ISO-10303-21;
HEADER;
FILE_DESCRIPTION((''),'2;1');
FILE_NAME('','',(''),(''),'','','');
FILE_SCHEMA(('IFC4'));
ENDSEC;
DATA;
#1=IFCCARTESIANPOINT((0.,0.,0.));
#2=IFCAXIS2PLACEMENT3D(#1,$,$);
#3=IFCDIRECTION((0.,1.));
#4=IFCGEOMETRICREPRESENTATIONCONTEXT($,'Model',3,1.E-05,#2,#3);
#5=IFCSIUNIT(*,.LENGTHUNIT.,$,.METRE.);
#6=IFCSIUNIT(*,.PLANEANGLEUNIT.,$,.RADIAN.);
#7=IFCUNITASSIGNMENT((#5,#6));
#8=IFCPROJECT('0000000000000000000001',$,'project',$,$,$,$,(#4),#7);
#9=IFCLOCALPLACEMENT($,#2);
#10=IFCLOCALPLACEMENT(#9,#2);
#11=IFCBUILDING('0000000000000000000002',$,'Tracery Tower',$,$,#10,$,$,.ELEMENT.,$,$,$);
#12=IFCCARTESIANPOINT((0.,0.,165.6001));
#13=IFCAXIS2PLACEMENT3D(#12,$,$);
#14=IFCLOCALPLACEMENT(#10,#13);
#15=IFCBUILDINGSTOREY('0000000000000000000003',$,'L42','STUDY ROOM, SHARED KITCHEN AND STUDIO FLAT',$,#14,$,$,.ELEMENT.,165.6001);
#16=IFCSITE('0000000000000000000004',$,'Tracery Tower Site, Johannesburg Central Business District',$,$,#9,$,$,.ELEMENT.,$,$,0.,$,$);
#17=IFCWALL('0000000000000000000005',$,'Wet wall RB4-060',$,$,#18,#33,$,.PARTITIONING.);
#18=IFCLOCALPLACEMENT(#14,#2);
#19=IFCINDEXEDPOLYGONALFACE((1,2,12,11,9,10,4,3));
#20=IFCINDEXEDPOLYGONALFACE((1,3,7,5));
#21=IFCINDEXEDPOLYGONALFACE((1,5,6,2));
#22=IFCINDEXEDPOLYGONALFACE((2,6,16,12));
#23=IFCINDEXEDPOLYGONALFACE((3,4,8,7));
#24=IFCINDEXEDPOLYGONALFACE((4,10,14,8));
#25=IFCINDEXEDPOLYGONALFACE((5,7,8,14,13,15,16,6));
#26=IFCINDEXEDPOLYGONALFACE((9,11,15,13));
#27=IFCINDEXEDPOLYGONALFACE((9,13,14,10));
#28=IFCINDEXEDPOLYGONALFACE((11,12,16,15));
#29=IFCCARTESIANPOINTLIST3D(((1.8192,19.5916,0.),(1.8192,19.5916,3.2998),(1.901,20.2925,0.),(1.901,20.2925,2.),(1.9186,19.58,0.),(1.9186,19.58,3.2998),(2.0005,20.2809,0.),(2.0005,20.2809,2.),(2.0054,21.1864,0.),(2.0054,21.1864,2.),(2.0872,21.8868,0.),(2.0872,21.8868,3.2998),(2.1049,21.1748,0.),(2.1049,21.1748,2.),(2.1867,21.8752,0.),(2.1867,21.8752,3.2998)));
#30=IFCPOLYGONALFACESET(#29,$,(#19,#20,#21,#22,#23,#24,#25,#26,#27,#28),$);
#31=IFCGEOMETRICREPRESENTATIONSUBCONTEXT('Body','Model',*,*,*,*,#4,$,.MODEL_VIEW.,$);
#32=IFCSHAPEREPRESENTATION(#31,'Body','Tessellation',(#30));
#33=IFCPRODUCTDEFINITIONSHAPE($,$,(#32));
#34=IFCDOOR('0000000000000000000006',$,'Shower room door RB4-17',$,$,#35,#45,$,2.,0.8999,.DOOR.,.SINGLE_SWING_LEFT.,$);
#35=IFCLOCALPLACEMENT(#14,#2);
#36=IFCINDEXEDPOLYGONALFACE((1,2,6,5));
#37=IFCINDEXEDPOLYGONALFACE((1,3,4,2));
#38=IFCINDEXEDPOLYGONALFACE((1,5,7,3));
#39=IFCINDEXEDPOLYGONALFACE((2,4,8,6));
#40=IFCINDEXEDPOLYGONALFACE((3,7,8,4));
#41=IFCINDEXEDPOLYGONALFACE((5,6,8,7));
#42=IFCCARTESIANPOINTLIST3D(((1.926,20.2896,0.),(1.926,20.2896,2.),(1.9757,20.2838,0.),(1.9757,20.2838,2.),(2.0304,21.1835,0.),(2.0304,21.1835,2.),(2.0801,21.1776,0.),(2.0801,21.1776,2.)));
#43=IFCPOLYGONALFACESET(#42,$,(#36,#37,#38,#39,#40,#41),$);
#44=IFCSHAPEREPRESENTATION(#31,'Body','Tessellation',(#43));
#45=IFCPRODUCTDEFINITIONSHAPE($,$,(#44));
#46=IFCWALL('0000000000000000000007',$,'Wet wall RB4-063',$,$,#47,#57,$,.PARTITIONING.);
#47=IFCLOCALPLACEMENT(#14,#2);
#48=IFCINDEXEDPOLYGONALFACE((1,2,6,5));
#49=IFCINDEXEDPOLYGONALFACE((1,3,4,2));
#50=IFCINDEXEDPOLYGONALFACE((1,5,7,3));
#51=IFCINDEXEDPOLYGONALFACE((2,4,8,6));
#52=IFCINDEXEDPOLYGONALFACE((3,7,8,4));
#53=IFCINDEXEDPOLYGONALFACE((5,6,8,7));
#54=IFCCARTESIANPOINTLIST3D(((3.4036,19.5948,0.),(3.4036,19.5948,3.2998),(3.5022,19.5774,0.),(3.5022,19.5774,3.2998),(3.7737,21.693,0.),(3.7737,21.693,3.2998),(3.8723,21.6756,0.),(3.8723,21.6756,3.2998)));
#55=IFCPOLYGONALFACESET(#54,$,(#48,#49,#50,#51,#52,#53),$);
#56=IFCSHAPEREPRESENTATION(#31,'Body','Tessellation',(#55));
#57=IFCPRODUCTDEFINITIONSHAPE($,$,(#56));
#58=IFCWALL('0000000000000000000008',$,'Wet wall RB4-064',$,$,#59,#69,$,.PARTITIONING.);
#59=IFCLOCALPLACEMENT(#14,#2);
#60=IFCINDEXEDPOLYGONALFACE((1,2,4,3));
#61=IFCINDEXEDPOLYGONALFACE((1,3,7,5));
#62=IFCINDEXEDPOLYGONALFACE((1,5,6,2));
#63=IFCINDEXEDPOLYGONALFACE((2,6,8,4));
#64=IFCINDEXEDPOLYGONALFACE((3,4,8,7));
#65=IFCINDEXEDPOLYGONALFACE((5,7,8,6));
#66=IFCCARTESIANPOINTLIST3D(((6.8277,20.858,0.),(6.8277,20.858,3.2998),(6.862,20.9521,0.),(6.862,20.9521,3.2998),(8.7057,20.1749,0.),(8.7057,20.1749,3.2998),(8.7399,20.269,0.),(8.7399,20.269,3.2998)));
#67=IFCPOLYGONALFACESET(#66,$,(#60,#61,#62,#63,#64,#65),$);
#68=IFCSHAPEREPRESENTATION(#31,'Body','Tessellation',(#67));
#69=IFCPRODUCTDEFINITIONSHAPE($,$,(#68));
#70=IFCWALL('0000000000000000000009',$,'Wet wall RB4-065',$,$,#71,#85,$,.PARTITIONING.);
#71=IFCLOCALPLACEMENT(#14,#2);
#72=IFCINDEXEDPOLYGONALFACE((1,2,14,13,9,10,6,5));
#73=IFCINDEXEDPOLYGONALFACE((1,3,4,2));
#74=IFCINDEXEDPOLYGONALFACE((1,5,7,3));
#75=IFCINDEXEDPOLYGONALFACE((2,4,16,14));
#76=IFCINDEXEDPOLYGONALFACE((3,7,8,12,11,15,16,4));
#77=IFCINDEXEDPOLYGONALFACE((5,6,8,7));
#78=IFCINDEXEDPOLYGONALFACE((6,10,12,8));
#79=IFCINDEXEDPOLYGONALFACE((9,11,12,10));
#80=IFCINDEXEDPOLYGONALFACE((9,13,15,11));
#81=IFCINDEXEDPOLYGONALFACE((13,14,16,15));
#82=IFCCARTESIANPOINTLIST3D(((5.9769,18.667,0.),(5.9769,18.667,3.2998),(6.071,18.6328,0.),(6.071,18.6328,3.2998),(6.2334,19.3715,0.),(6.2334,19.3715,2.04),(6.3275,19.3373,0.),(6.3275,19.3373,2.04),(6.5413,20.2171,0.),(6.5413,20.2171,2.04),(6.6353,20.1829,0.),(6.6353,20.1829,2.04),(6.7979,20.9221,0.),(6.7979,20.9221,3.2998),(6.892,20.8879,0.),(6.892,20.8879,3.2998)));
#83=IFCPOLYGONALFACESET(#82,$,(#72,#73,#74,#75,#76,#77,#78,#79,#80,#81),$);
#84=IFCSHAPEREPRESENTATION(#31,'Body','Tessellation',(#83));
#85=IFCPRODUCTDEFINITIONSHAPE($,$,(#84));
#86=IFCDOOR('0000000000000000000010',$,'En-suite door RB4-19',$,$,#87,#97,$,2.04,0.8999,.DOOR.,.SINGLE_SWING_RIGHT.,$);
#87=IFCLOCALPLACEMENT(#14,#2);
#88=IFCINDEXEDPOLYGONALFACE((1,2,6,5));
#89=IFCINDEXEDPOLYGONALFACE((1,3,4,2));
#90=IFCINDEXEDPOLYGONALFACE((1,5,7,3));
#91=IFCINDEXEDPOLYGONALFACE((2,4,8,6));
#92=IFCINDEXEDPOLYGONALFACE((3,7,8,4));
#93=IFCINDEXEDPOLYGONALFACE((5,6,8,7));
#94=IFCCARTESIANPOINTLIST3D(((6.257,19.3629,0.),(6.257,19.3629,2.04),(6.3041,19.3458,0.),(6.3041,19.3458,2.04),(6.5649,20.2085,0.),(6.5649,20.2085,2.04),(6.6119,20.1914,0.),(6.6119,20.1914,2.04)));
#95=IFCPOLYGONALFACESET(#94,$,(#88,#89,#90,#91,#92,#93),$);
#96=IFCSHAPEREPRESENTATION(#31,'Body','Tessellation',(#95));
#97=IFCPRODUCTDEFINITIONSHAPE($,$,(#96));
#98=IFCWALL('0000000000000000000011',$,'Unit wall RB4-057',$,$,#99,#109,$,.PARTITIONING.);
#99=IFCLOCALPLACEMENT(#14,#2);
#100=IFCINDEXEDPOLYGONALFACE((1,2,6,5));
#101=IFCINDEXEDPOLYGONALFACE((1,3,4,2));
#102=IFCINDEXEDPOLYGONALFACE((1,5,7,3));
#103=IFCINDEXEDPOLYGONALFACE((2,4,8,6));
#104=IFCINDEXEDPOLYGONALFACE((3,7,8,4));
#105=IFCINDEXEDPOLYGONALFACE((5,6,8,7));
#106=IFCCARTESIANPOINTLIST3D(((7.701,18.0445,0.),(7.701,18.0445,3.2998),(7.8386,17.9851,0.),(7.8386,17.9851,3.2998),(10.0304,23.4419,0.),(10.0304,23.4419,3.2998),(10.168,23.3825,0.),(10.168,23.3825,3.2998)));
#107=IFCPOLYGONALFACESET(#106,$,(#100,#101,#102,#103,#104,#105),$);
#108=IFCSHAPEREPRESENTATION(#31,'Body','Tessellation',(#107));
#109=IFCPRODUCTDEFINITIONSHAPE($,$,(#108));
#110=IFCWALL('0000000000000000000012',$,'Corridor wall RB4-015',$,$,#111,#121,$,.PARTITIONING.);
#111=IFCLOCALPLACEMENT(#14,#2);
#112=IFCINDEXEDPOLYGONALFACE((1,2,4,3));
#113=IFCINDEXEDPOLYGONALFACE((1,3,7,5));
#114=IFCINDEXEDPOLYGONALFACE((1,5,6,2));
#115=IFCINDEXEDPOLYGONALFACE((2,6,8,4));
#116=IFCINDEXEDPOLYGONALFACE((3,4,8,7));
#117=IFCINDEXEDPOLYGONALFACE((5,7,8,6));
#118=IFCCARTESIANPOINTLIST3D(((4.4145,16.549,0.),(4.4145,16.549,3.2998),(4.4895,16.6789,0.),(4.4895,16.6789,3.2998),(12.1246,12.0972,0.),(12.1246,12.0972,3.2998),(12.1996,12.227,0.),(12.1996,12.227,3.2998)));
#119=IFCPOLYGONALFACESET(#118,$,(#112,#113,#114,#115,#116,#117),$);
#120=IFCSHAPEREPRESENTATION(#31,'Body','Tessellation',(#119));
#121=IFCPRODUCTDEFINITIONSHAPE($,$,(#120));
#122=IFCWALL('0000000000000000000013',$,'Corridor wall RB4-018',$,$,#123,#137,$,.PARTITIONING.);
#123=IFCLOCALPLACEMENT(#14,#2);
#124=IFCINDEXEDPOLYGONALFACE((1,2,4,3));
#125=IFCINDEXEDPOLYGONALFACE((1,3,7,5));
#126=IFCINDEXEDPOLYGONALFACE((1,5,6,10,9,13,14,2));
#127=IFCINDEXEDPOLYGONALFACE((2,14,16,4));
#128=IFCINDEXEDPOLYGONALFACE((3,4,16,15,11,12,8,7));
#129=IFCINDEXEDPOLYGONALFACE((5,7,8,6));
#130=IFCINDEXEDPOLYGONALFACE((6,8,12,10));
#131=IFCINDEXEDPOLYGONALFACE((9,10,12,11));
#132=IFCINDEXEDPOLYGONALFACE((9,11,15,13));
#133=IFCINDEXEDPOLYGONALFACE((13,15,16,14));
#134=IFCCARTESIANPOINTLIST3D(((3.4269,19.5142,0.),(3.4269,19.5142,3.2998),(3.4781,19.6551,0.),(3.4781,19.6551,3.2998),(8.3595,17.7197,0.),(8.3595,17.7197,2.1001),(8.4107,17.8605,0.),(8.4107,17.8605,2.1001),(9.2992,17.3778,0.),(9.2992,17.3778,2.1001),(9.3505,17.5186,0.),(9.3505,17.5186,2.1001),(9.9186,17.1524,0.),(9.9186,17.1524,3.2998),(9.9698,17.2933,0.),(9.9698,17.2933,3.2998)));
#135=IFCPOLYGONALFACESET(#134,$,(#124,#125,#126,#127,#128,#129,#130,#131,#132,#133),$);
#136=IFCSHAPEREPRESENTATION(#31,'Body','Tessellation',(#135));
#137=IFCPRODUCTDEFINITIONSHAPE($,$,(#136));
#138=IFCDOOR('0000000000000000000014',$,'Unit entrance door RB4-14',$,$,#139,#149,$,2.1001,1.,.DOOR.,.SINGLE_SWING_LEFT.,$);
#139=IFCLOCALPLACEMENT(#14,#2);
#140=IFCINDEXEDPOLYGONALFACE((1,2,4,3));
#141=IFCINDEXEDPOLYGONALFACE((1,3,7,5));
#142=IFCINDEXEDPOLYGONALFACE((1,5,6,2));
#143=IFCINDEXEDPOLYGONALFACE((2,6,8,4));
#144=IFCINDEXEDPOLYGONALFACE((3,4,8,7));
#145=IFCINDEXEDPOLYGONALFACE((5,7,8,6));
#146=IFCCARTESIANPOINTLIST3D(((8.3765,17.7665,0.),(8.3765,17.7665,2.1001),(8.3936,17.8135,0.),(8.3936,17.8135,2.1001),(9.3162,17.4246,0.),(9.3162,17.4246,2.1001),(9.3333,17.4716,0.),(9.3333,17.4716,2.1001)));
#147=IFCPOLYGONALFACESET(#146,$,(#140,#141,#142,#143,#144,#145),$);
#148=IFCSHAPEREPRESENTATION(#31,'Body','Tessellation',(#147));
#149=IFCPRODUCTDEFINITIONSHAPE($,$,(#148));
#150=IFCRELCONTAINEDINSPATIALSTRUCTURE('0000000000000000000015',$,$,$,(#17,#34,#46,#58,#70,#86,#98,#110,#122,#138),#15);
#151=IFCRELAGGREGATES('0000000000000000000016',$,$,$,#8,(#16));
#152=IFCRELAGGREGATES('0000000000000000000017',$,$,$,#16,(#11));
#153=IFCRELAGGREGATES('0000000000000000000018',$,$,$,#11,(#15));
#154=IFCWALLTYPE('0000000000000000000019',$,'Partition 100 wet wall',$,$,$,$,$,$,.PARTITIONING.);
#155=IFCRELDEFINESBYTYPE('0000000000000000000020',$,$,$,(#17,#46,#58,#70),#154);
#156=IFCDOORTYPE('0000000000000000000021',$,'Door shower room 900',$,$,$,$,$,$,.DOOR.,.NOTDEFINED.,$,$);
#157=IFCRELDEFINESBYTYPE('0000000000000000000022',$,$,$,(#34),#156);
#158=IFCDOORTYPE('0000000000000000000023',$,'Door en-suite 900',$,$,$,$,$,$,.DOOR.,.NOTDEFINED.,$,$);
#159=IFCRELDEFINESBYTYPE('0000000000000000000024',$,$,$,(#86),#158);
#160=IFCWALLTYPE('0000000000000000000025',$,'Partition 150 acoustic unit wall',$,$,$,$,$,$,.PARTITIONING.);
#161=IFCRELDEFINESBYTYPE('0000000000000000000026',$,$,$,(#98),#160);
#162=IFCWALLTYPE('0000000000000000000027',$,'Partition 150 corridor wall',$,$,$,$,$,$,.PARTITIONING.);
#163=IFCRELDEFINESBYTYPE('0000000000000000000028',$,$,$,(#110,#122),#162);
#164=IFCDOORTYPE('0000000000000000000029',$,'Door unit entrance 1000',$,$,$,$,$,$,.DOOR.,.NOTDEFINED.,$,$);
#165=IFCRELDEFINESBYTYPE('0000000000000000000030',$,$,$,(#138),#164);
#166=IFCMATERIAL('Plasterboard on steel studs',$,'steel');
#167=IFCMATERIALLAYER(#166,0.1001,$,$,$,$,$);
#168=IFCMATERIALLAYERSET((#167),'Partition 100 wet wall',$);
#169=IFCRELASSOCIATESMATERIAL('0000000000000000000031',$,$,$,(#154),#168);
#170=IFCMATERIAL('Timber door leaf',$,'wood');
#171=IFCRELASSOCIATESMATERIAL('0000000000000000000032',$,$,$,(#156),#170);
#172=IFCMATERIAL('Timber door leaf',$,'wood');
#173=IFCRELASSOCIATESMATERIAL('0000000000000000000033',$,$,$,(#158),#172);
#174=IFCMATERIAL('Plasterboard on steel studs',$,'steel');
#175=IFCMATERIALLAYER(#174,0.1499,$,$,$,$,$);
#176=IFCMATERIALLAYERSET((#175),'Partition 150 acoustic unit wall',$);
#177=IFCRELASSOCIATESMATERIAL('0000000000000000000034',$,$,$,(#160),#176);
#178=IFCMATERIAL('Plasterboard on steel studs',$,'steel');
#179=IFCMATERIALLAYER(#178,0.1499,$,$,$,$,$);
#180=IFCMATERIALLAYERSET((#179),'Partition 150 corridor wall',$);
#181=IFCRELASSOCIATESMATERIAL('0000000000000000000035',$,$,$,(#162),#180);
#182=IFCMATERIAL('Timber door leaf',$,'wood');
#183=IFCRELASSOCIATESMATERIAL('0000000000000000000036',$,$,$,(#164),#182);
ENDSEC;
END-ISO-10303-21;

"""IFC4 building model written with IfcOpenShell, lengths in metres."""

from ifc_helpers import new_model, si_unit, direction, frame, frame_2d, origin, place, context, subcontext, project, spatial, rectangle, extrude, material, layer, layer_set, type_object, element, fill, save


model = new_model("IFC4")

# Units and contexts
model_context = context("Model", 3, precision=1e-05, world=origin(), true_north=direction((0.0, 1.0)))
body_context = subcontext(model_context, "Body", "Model", "MODEL_VIEW")
ifc_project = project(units=[si_unit("LENGTHUNIT", "METRE"), si_unit("PLANEANGLEUNIT", "RADIAN")], contexts=[model_context])

# Site, building, storey
site_placement = place(None, origin())
site = spatial("IfcSite", under=ifc_project, at=site_placement, Name="Tracery Tower Site, Johannesburg Central Business District", CompositionType="ELEMENT", RefElevation=0.0)
building_placement = place(site_placement, origin())
building = spatial("IfcBuilding", under=site, at=building_placement, Name="Tracery Tower", CompositionType="ELEMENT")
storey_placement = place(building_placement, frame((0.0, 0.0, 165.6001)))
storey = spatial("IfcBuildingStorey", under=building, at=storey_placement, Name="L42", Description="STUDY ROOM, SHARED KITCHEN AND STUDIO FLAT", CompositionType="ELEMENT", Elevation=165.6001)

# Shared definitions
ifc_material_1 = material(Name="Plasterboard on steel studs", Category="steel")
ifc_layer_1 = layer(ifc_material_1, 0.1001)
ifc_layer_set_1 = layer_set([ifc_layer_1], Name="Partition 100 wet wall")
wall_type_1 = type_object("IfcWallType", Name="Partition 100 wet wall", PredefinedType="PARTITIONING", material=ifc_layer_set_1)

# Wall, opening, door
wall_1_placement = place(storey_placement, frame((1.8689, 19.5859, 0.0), z_axis=(0.0, 0.0, 1.0), x_axis=(0.116008, 0.993248, 0.0)))
wall_1 = element("IfcWall", 1, at=wall_1_placement, inside=storey, type_object=wall_type_1, Name="Wet wall RB4-060", PredefinedType="PARTITIONING", context=body_context, shape_type="SweptSolid", body=[
    extrude(rectangle(XDim=2.3108, YDim=0.1001, at=frame_2d((1.1553, 0.0))), origin(), (0.0, 0.0, 1.0), 3.2998),
])
opening_1_placement = place(wall_1_placement, frame((0.7056, 0.0, 0.0)))
opening_1 = element("IfcOpeningElement", 2, at=opening_1_placement, cuts=wall_1, PredefinedType="OPENING", context=body_context, shape_type="SweptSolid", body=[
    extrude(rectangle(XDim=0.8999, YDim=2.0, at=frame_2d((0.45, 1.0))), frame((0.0, 0.05, 0.0), z_axis=(0.0, -1.0, 0.0), x_axis=(1.0, 0.0, 0.0)), (0.0, 0.0, 1.0), 0.1001),
])
ifc_material_2 = material(Name="Timber door leaf", Category="wood")
door_type_1 = type_object("IfcDoorType", Name="Door shower room 900", OperationType="NOTDEFINED", PredefinedType="DOOR", material=ifc_material_2)
door_1_placement = place(opening_1_placement, origin())
door_1 = element("IfcDoor", 3, at=door_1_placement, inside=storey, type_object=door_type_1, Name="Shower room door RB4-17", OperationType="SINGLE_SWING_LEFT", OverallHeight=2.0, OverallWidth=0.8999, PredefinedType="DOOR", context=body_context, shape_type="SweptSolid", body=[
    extrude(rectangle(XDim=0.8999, YDim=2.0, at=frame_2d((0.45, 1.0))), frame((0.0, 0.0249, 0.0), z_axis=(0.0, -1.0, 0.0), x_axis=(1.0, 0.0, 0.0)), (0.0, 0.0, 1.0), 0.05),
])
fill(opening_1, door_1)

# Walls
wall_2_placement = place(storey_placement, frame((3.4529, 19.5859, 0.0), z_axis=(0.0, 0.0, 1.0), x_axis=(0.17372, 0.984795, 0.0)))
element("IfcWall", 4, at=wall_2_placement, inside=storey, type_object=wall_type_1, Name="Wet wall RB4-063", PredefinedType="PARTITIONING", context=body_context, shape_type="SweptSolid", body=[
    extrude(rectangle(XDim=2.1306, YDim=0.1001, at=frame_2d((1.0654, 0.0))), origin(), (0.0, 0.0, 1.0), 3.2998),
])
wall_3_placement = place(storey_placement, frame((6.845, 20.905, 0.0), z_axis=(0.0, 0.0, 1.0), x_axis=(0.939758, -0.341841, 0.0)))
element("IfcWall", 5, at=wall_3_placement, inside=storey, type_object=wall_type_1, Name="Wet wall RB4-064", PredefinedType="PARTITIONING", context=body_context, shape_type="SweptSolid", body=[
    extrude(rectangle(XDim=1.9983, YDim=0.1001, at=frame_2d((0.999, 0.0))), origin(), (0.0, 0.0, 1.0), 3.2998),
])

# Wall, opening, door
wall_4_placement = place(storey_placement, frame((6.0239, 18.6499, 0.0), z_axis=(0.0, 0.0, 1.0), x_axis=(0.342111, 0.93966, 0.0)))
wall_4 = element("IfcWall", 6, at=wall_4_placement, inside=storey, type_object=wall_type_1, Name="Wet wall RB4-065", PredefinedType="PARTITIONING", context=body_context, shape_type="SweptSolid", body=[
    extrude(rectangle(XDim=2.3999, YDim=0.1001, at=frame_2d((1.2, 0.0))), origin(), (0.0, 0.0, 1.0), 3.2998),
])
opening_2_placement = place(wall_4_placement, frame((0.7498, 0.0, 0.0)))
opening_2 = element("IfcOpeningElement", 7, at=opening_2_placement, cuts=wall_4, PredefinedType="OPENING", context=body_context, shape_type="SweptSolid", body=[
    extrude(rectangle(XDim=0.8999, YDim=2.04, at=frame_2d((0.45, 1.02))), frame((0.0, 0.05, 0.0), z_axis=(0.0, -1.0, 0.0), x_axis=(1.0, 0.0, 0.0)), (0.0, 0.0, 1.0), 0.1001),
])
ifc_material_3 = material(Name="Timber door leaf", Category="wood")
door_type_2 = type_object("IfcDoorType", Name="Door en-suite 900", OperationType="NOTDEFINED", PredefinedType="DOOR", material=ifc_material_3)
door_2_placement = place(opening_2_placement, origin())
door_2 = element("IfcDoor", 8, at=door_2_placement, inside=storey, type_object=door_type_2, Name="En-suite door RB4-19", OperationType="SINGLE_SWING_RIGHT", OverallHeight=2.04, OverallWidth=0.8999, PredefinedType="DOOR", context=body_context, shape_type="SweptSolid", body=[
    extrude(rectangle(XDim=0.8999, YDim=2.04, at=frame_2d((0.45, 1.02))), frame((0.0, 0.0249, 0.0), z_axis=(0.0, -1.0, 0.0), x_axis=(1.0, 0.0, 0.0)), (0.0, 0.0, 1.0), 0.05),
])
fill(opening_2, door_2)

# Walls
ifc_material_4 = material(Name="Plasterboard on steel studs", Category="steel")
ifc_layer_2 = layer(ifc_material_4, 0.1499)
ifc_layer_set_2 = layer_set([ifc_layer_2], Name="Partition 150 acoustic unit wall")
wall_type_2 = type_object("IfcWallType", Name="Partition 150 acoustic unit wall", PredefinedType="PARTITIONING", material=ifc_layer_set_2)
wall_5_placement = place(storey_placement, frame((7.7698, 18.0146, 0.0), z_axis=(0.0, 0.0, 1.0), x_axis=(0.396239, 0.918148, 0.0)))
element("IfcWall", 9, at=wall_5_placement, inside=storey, type_object=wall_type_2, Name="Unit wall RB4-057", PredefinedType="PARTITIONING", context=body_context, shape_type="SweptSolid", body=[
    extrude(rectangle(XDim=5.8787, YDim=0.1499, at=frame_2d((2.9395, 0.0))), origin(), (0.0, 0.0, 1.0), 3.2998),
])
ifc_material_5 = material(Name="Plasterboard on steel studs", Category="steel")
ifc_layer_3 = layer(ifc_material_5, 0.1499)
ifc_layer_set_3 = layer_set([ifc_layer_3], Name="Partition 150 corridor wall")
wall_type_3 = type_object("IfcWallType", Name="Partition 150 corridor wall", PredefinedType="PARTITIONING", material=ifc_layer_set_3)
wall_6_placement = place(storey_placement, frame((4.4519, 16.614, 0.0), z_axis=(0.0, 0.0, 1.0), x_axis=(0.866005, -0.500035, 0.0)))
element("IfcWall", 10, at=wall_6_placement, inside=storey, type_object=wall_type_3, Name="Corridor wall RB4-015", PredefinedType="PARTITIONING", context=body_context, shape_type="SweptSolid", body=[
    extrude(rectangle(XDim=8.9031, YDim=0.1499, at=frame_2d((4.4517, 0.0))), origin(), (0.0, 0.0, 1.0), 3.2998),
])

# Wall, opening, door
wall_7_placement = place(storey_placement, frame((3.4524, 19.5847, 0.0), z_axis=(0.0, 0.0, 1.0), x_axis=(0.939738, -0.341896, 0.0)))
wall_7 = element("IfcWall", 11, at=wall_7_placement, inside=storey, type_object=wall_type_3, Name="Corridor wall RB4-018", PredefinedType="PARTITIONING", context=body_context, shape_type="SweptSolid", body=[
    extrude(rectangle(XDim=6.908, YDim=0.1499, at=frame_2d((3.4541, 0.0))), origin(), (0.0, 0.0, 1.0), 3.2998),
])
opening_3_placement = place(wall_7_placement, frame((5.249, 0.0, 0.0)))
opening_3 = element("IfcOpeningElement", 12, at=opening_3_placement, cuts=wall_7, PredefinedType="OPENING", context=body_context, shape_type="SweptSolid", body=[
    extrude(rectangle(XDim=1.0, YDim=2.1001, at=frame_2d((0.5, 1.05))), frame((0.0, 0.075, 0.0), z_axis=(0.0, -1.0, 0.0), x_axis=(1.0, 0.0, 0.0)), (0.0, 0.0, 1.0), 0.1499),
])
ifc_material_6 = material(Name="Timber door leaf", Category="wood")
door_type_3 = type_object("IfcDoorType", Name="Door unit entrance 1000", OperationType="NOTDEFINED", PredefinedType="DOOR", material=ifc_material_6)
door_3_placement = place(opening_3_placement, origin())
door_3 = element("IfcDoor", 13, at=door_3_placement, inside=storey, type_object=door_type_3, Name="Unit entrance door RB4-14", OperationType="SINGLE_SWING_LEFT", OverallHeight=2.1001, OverallWidth=1.0, PredefinedType="DOOR", context=body_context, shape_type="SweptSolid", body=[
    extrude(rectangle(XDim=1.0, YDim=2.1001, at=frame_2d((0.5, 1.05))), frame((0.0, 0.0249, 0.0), z_axis=(0.0, -1.0, 0.0), x_axis=(1.0, 0.0, 0.0)), (0.0, 0.0, 1.0), 0.05),
])
fill(opening_3, door_3)

save(model, "model.ifc")
